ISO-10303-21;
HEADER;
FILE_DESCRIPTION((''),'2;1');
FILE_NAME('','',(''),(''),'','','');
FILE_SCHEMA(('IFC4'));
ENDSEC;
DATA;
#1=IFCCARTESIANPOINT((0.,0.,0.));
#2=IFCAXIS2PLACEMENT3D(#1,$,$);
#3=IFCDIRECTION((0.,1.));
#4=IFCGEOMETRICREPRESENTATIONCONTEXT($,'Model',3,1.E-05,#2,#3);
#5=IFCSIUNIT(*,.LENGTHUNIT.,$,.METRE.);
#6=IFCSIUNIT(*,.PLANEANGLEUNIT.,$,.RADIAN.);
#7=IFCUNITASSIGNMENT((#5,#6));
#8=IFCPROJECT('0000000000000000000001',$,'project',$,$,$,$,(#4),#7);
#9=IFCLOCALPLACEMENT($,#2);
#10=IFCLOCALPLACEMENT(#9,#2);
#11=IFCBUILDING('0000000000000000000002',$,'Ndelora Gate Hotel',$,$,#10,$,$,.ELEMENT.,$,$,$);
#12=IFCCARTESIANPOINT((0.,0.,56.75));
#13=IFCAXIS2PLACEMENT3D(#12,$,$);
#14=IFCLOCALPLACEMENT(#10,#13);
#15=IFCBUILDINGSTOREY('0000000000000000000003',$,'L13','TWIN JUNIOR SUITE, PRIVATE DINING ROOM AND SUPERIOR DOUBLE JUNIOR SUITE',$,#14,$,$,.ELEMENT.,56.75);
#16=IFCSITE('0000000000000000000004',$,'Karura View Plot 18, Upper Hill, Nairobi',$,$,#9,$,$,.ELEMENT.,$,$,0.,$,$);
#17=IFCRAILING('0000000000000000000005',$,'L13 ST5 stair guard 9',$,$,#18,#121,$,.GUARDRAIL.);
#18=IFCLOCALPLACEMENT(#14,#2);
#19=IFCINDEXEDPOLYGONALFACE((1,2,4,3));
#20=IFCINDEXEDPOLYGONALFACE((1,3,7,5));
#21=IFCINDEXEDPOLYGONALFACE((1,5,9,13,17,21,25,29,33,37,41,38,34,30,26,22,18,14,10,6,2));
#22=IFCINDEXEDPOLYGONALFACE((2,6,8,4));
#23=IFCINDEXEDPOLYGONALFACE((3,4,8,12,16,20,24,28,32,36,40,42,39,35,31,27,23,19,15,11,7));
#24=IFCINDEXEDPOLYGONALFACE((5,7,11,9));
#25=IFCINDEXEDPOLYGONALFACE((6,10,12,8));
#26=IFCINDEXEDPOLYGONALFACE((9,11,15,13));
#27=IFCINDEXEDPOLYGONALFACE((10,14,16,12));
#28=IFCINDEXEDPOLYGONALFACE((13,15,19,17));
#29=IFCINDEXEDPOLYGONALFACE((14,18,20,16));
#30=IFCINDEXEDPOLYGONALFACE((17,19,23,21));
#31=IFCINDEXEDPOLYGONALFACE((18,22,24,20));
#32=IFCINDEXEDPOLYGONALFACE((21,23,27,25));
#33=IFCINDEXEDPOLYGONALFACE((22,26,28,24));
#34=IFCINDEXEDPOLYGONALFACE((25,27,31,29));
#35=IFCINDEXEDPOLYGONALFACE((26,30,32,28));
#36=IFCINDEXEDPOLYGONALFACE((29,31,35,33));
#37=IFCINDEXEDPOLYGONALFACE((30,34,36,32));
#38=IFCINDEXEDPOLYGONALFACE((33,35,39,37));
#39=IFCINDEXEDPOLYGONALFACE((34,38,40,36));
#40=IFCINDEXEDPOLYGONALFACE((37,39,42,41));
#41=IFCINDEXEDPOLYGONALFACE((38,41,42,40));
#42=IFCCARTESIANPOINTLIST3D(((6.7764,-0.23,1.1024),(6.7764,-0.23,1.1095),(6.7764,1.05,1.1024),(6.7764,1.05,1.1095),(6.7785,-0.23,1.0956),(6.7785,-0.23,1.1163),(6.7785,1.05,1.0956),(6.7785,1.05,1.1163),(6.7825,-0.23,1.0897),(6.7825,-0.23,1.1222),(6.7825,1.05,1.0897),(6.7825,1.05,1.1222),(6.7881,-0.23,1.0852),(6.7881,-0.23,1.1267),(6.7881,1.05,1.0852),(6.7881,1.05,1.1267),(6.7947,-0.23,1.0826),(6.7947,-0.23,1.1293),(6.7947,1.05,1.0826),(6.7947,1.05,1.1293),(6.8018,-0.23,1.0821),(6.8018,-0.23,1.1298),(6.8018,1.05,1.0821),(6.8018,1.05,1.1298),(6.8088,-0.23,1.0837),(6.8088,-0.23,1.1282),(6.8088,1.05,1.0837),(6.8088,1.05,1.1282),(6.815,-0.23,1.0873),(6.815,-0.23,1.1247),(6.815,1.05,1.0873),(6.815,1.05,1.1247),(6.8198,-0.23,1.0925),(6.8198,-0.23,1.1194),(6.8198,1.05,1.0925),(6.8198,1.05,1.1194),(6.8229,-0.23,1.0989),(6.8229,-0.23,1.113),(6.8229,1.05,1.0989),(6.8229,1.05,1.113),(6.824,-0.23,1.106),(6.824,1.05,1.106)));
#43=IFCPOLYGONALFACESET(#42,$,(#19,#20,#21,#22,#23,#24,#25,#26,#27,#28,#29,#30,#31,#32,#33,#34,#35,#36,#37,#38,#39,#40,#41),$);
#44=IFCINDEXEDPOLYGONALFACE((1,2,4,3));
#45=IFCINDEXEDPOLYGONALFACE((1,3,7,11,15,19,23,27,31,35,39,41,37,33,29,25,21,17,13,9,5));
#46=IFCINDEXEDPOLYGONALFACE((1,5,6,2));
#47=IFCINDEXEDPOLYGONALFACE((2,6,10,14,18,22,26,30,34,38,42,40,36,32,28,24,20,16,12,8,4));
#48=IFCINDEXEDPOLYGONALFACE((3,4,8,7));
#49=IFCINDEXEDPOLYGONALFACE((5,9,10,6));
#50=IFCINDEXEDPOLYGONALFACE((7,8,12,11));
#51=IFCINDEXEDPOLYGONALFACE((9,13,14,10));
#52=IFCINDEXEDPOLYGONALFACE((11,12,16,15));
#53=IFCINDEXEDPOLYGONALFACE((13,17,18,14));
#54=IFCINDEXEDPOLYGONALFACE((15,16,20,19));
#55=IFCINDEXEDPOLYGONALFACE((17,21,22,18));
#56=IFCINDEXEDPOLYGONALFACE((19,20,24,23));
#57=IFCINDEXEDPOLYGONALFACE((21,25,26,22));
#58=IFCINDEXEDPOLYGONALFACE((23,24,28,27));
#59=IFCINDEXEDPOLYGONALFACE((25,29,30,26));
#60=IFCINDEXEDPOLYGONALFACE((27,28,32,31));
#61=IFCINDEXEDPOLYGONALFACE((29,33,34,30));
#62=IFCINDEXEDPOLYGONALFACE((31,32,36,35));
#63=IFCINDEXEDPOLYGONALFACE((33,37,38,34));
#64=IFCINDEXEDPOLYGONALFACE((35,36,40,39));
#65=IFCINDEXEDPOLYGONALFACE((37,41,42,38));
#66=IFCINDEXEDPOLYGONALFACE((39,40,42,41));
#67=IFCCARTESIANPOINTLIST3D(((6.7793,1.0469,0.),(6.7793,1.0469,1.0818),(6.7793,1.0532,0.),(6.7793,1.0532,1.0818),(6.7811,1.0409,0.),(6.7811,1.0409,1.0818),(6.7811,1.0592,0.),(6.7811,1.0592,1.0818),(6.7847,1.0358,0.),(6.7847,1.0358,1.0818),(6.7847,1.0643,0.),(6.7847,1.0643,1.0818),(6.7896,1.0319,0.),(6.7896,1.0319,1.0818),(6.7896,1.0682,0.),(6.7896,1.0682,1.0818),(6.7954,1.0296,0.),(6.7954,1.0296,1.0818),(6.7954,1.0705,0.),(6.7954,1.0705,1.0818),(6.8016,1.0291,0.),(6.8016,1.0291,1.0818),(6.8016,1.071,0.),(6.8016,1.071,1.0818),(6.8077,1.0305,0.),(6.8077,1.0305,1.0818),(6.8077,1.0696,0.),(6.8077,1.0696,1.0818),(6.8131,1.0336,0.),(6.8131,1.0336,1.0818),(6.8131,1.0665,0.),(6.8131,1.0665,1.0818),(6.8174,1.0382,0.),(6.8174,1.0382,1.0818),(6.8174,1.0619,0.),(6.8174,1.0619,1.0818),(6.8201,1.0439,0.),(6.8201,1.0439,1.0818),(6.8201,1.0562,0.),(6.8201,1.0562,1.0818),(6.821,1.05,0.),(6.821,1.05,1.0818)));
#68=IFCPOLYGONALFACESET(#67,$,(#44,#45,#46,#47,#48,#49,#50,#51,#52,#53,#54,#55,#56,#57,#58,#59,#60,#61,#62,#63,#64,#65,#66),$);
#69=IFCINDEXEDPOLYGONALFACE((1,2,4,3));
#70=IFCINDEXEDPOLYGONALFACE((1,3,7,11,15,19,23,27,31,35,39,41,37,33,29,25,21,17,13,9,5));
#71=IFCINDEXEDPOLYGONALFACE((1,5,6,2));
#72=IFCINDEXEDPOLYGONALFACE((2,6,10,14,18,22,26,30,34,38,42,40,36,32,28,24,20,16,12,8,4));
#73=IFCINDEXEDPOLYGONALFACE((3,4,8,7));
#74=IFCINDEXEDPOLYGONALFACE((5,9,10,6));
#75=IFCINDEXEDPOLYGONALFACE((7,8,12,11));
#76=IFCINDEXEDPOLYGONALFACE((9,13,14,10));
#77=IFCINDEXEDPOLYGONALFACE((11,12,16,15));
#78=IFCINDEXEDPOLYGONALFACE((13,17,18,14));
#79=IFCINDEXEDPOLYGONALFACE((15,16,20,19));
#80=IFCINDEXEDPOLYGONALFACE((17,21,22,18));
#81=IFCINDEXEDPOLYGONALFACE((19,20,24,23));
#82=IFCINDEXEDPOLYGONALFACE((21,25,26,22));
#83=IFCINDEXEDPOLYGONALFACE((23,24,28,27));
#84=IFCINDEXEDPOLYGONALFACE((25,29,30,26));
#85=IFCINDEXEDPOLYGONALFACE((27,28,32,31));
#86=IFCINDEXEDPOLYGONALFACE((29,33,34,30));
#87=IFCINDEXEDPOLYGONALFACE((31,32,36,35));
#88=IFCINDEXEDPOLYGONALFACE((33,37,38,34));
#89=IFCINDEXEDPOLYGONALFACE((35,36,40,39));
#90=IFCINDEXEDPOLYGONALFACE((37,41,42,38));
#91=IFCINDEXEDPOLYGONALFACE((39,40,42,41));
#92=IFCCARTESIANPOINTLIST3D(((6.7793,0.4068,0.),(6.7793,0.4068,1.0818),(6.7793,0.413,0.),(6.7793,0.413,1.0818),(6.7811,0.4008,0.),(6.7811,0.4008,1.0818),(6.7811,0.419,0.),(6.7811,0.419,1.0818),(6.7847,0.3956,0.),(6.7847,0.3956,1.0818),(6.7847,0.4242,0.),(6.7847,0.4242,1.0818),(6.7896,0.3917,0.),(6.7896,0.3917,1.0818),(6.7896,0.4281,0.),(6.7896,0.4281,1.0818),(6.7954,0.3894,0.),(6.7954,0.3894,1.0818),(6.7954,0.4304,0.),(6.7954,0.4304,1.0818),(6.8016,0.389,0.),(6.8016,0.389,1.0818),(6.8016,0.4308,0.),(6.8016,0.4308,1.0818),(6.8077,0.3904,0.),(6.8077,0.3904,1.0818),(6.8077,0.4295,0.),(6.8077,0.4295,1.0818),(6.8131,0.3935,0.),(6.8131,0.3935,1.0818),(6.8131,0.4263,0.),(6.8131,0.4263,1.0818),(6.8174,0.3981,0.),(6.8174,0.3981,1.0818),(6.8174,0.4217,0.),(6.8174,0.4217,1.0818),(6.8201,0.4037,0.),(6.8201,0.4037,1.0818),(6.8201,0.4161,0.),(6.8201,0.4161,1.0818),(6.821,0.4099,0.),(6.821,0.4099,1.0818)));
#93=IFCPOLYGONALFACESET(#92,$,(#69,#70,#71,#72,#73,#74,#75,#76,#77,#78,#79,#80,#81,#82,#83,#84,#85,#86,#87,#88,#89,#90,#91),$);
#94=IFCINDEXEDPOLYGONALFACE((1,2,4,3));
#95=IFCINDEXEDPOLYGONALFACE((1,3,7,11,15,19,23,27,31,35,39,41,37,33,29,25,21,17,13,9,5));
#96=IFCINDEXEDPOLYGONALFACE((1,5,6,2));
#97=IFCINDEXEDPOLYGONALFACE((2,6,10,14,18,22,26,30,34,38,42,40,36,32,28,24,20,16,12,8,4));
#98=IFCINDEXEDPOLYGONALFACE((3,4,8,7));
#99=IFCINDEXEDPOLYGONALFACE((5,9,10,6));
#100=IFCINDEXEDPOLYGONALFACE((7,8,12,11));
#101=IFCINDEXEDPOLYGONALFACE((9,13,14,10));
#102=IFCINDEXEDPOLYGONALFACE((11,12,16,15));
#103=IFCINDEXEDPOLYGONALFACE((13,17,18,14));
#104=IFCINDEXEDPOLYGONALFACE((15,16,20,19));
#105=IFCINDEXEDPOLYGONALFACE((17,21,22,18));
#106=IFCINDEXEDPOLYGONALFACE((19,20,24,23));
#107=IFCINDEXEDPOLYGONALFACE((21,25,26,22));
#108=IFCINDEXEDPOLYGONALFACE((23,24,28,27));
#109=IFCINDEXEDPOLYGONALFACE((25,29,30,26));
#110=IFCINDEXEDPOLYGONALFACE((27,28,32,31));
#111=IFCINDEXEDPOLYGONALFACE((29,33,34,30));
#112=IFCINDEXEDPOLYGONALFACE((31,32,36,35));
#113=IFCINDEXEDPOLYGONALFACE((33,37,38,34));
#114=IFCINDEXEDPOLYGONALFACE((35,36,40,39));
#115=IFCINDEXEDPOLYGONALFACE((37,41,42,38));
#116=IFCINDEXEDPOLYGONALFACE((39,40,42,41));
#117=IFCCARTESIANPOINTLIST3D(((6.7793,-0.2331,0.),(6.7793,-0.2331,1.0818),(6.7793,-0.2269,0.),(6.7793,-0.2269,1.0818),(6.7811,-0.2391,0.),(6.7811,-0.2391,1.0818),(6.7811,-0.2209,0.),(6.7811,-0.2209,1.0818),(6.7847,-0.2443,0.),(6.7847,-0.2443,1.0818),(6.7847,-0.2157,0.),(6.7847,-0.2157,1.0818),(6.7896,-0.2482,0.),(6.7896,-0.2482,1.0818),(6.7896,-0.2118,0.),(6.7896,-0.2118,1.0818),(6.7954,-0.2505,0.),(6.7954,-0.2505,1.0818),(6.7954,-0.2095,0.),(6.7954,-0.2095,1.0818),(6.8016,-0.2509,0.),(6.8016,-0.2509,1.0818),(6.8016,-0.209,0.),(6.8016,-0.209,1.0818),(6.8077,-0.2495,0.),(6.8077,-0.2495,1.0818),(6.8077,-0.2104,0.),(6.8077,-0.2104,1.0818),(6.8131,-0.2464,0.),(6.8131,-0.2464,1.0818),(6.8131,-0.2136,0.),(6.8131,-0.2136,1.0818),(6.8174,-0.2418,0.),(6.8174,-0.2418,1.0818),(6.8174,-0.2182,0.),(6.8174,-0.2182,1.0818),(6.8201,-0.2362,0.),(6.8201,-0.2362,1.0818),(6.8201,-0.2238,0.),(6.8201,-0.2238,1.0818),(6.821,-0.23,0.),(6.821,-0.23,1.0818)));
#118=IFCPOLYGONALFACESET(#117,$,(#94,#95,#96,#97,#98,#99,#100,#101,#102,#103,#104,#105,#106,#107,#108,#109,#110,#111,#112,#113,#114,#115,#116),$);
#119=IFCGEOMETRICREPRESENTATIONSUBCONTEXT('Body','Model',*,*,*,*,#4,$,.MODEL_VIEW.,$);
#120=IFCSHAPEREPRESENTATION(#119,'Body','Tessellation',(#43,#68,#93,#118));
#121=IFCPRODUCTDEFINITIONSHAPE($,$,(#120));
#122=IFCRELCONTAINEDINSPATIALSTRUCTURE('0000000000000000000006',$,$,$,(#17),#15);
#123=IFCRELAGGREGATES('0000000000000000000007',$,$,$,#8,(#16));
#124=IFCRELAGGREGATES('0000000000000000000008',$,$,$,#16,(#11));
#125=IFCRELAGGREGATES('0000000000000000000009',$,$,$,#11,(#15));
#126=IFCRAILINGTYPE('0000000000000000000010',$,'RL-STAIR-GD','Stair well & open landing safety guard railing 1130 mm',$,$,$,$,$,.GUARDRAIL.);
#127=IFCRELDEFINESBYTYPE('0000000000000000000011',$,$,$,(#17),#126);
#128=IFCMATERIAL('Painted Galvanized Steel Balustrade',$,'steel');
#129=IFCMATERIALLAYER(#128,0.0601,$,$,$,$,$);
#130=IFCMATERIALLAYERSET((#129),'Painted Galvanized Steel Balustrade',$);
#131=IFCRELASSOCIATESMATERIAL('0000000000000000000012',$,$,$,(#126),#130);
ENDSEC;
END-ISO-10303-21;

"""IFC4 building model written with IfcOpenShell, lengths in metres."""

from ifc_helpers import new_model, si_unit, direction, frame, origin, origin_2d, place, context, subcontext, project, spatial, circle, extrude, material, layer, layer_set, type_object, element, save


model = new_model("IFC4")

# Units and contexts
model_context = context("Model", 3, precision=1e-05, world=origin(), true_north=direction((0.0, 1.0)))
body_context = subcontext(model_context, "Body", "Model", "MODEL_VIEW")
ifc_project = project(units=[si_unit("LENGTHUNIT", "METRE"), si_unit("PLANEANGLEUNIT", "RADIAN")], contexts=[model_context])

# Site, building, storey
site_placement = place(None, origin())
site = spatial("IfcSite", under=ifc_project, at=site_placement, Name="Karura View Plot 18, Upper Hill, Nairobi", CompositionType="ELEMENT", RefElevation=0.0)
building_placement = place(site_placement, origin())
building = spatial("IfcBuilding", under=site, at=building_placement, Name="Ndelora Gate Hotel", CompositionType="ELEMENT")
storey_placement = place(building_placement, frame((0.0, 0.0, 56.75)))
storey = spatial("IfcBuildingStorey", under=building, at=storey_placement, Name="L13", Description="TWIN JUNIOR SUITE, PRIVATE DINING ROOM AND SUPERIOR DOUBLE JUNIOR SUITE", CompositionType="ELEMENT", Elevation=56.75)

# Railing
ifc_material_1 = material(Name="Painted Galvanized Steel Balustrade", Category="steel")
ifc_layer_1 = layer(ifc_material_1, 0.0601)
ifc_layer_set_1 = layer_set([ifc_layer_1], Name="Painted Galvanized Steel Balustrade")
railing_type = type_object("IfcRailingType", Name="RL-STAIR-GD", Description="Stair well & open landing safety guard railing 1130 mm", PredefinedType="GUARDRAIL", material=ifc_layer_set_1)
for number, where, name in (
    (1, (6.8, 1.05, 0.0), "L13 ST5 stair guard 9"),
):
    element("IfcRailing", number, at=place(storey_placement, frame(where)), inside=storey, type_object=railing_type, Name=name, PredefinedType="GUARDRAIL", context=body_context, shape_type="SweptSolid", body=[
        extrude(circle(Radius=0.0239, at=origin_2d()), frame((0.0, 0.0, 1.106), z_axis=(0.0, -1.0, 0.0), x_axis=(1.0, 0.0, 0.0)), (0.0, 0.0, 1.0), 1.28),
        extrude(circle(Radius=0.021, at=origin_2d()), origin(), (0.0, 0.0, 1.0), 1.0818),
        extrude(circle(Radius=0.021, at=origin_2d()), frame((0.0, -0.6401, 0.0)), (0.0, 0.0, 1.0), 1.0818),
        extrude(circle(Radius=0.021, at=origin_2d()), frame((0.0, -1.28, 0.0)), (0.0, 0.0, 1.0), 1.0818),
    ])

save(model, "model.ifc")
